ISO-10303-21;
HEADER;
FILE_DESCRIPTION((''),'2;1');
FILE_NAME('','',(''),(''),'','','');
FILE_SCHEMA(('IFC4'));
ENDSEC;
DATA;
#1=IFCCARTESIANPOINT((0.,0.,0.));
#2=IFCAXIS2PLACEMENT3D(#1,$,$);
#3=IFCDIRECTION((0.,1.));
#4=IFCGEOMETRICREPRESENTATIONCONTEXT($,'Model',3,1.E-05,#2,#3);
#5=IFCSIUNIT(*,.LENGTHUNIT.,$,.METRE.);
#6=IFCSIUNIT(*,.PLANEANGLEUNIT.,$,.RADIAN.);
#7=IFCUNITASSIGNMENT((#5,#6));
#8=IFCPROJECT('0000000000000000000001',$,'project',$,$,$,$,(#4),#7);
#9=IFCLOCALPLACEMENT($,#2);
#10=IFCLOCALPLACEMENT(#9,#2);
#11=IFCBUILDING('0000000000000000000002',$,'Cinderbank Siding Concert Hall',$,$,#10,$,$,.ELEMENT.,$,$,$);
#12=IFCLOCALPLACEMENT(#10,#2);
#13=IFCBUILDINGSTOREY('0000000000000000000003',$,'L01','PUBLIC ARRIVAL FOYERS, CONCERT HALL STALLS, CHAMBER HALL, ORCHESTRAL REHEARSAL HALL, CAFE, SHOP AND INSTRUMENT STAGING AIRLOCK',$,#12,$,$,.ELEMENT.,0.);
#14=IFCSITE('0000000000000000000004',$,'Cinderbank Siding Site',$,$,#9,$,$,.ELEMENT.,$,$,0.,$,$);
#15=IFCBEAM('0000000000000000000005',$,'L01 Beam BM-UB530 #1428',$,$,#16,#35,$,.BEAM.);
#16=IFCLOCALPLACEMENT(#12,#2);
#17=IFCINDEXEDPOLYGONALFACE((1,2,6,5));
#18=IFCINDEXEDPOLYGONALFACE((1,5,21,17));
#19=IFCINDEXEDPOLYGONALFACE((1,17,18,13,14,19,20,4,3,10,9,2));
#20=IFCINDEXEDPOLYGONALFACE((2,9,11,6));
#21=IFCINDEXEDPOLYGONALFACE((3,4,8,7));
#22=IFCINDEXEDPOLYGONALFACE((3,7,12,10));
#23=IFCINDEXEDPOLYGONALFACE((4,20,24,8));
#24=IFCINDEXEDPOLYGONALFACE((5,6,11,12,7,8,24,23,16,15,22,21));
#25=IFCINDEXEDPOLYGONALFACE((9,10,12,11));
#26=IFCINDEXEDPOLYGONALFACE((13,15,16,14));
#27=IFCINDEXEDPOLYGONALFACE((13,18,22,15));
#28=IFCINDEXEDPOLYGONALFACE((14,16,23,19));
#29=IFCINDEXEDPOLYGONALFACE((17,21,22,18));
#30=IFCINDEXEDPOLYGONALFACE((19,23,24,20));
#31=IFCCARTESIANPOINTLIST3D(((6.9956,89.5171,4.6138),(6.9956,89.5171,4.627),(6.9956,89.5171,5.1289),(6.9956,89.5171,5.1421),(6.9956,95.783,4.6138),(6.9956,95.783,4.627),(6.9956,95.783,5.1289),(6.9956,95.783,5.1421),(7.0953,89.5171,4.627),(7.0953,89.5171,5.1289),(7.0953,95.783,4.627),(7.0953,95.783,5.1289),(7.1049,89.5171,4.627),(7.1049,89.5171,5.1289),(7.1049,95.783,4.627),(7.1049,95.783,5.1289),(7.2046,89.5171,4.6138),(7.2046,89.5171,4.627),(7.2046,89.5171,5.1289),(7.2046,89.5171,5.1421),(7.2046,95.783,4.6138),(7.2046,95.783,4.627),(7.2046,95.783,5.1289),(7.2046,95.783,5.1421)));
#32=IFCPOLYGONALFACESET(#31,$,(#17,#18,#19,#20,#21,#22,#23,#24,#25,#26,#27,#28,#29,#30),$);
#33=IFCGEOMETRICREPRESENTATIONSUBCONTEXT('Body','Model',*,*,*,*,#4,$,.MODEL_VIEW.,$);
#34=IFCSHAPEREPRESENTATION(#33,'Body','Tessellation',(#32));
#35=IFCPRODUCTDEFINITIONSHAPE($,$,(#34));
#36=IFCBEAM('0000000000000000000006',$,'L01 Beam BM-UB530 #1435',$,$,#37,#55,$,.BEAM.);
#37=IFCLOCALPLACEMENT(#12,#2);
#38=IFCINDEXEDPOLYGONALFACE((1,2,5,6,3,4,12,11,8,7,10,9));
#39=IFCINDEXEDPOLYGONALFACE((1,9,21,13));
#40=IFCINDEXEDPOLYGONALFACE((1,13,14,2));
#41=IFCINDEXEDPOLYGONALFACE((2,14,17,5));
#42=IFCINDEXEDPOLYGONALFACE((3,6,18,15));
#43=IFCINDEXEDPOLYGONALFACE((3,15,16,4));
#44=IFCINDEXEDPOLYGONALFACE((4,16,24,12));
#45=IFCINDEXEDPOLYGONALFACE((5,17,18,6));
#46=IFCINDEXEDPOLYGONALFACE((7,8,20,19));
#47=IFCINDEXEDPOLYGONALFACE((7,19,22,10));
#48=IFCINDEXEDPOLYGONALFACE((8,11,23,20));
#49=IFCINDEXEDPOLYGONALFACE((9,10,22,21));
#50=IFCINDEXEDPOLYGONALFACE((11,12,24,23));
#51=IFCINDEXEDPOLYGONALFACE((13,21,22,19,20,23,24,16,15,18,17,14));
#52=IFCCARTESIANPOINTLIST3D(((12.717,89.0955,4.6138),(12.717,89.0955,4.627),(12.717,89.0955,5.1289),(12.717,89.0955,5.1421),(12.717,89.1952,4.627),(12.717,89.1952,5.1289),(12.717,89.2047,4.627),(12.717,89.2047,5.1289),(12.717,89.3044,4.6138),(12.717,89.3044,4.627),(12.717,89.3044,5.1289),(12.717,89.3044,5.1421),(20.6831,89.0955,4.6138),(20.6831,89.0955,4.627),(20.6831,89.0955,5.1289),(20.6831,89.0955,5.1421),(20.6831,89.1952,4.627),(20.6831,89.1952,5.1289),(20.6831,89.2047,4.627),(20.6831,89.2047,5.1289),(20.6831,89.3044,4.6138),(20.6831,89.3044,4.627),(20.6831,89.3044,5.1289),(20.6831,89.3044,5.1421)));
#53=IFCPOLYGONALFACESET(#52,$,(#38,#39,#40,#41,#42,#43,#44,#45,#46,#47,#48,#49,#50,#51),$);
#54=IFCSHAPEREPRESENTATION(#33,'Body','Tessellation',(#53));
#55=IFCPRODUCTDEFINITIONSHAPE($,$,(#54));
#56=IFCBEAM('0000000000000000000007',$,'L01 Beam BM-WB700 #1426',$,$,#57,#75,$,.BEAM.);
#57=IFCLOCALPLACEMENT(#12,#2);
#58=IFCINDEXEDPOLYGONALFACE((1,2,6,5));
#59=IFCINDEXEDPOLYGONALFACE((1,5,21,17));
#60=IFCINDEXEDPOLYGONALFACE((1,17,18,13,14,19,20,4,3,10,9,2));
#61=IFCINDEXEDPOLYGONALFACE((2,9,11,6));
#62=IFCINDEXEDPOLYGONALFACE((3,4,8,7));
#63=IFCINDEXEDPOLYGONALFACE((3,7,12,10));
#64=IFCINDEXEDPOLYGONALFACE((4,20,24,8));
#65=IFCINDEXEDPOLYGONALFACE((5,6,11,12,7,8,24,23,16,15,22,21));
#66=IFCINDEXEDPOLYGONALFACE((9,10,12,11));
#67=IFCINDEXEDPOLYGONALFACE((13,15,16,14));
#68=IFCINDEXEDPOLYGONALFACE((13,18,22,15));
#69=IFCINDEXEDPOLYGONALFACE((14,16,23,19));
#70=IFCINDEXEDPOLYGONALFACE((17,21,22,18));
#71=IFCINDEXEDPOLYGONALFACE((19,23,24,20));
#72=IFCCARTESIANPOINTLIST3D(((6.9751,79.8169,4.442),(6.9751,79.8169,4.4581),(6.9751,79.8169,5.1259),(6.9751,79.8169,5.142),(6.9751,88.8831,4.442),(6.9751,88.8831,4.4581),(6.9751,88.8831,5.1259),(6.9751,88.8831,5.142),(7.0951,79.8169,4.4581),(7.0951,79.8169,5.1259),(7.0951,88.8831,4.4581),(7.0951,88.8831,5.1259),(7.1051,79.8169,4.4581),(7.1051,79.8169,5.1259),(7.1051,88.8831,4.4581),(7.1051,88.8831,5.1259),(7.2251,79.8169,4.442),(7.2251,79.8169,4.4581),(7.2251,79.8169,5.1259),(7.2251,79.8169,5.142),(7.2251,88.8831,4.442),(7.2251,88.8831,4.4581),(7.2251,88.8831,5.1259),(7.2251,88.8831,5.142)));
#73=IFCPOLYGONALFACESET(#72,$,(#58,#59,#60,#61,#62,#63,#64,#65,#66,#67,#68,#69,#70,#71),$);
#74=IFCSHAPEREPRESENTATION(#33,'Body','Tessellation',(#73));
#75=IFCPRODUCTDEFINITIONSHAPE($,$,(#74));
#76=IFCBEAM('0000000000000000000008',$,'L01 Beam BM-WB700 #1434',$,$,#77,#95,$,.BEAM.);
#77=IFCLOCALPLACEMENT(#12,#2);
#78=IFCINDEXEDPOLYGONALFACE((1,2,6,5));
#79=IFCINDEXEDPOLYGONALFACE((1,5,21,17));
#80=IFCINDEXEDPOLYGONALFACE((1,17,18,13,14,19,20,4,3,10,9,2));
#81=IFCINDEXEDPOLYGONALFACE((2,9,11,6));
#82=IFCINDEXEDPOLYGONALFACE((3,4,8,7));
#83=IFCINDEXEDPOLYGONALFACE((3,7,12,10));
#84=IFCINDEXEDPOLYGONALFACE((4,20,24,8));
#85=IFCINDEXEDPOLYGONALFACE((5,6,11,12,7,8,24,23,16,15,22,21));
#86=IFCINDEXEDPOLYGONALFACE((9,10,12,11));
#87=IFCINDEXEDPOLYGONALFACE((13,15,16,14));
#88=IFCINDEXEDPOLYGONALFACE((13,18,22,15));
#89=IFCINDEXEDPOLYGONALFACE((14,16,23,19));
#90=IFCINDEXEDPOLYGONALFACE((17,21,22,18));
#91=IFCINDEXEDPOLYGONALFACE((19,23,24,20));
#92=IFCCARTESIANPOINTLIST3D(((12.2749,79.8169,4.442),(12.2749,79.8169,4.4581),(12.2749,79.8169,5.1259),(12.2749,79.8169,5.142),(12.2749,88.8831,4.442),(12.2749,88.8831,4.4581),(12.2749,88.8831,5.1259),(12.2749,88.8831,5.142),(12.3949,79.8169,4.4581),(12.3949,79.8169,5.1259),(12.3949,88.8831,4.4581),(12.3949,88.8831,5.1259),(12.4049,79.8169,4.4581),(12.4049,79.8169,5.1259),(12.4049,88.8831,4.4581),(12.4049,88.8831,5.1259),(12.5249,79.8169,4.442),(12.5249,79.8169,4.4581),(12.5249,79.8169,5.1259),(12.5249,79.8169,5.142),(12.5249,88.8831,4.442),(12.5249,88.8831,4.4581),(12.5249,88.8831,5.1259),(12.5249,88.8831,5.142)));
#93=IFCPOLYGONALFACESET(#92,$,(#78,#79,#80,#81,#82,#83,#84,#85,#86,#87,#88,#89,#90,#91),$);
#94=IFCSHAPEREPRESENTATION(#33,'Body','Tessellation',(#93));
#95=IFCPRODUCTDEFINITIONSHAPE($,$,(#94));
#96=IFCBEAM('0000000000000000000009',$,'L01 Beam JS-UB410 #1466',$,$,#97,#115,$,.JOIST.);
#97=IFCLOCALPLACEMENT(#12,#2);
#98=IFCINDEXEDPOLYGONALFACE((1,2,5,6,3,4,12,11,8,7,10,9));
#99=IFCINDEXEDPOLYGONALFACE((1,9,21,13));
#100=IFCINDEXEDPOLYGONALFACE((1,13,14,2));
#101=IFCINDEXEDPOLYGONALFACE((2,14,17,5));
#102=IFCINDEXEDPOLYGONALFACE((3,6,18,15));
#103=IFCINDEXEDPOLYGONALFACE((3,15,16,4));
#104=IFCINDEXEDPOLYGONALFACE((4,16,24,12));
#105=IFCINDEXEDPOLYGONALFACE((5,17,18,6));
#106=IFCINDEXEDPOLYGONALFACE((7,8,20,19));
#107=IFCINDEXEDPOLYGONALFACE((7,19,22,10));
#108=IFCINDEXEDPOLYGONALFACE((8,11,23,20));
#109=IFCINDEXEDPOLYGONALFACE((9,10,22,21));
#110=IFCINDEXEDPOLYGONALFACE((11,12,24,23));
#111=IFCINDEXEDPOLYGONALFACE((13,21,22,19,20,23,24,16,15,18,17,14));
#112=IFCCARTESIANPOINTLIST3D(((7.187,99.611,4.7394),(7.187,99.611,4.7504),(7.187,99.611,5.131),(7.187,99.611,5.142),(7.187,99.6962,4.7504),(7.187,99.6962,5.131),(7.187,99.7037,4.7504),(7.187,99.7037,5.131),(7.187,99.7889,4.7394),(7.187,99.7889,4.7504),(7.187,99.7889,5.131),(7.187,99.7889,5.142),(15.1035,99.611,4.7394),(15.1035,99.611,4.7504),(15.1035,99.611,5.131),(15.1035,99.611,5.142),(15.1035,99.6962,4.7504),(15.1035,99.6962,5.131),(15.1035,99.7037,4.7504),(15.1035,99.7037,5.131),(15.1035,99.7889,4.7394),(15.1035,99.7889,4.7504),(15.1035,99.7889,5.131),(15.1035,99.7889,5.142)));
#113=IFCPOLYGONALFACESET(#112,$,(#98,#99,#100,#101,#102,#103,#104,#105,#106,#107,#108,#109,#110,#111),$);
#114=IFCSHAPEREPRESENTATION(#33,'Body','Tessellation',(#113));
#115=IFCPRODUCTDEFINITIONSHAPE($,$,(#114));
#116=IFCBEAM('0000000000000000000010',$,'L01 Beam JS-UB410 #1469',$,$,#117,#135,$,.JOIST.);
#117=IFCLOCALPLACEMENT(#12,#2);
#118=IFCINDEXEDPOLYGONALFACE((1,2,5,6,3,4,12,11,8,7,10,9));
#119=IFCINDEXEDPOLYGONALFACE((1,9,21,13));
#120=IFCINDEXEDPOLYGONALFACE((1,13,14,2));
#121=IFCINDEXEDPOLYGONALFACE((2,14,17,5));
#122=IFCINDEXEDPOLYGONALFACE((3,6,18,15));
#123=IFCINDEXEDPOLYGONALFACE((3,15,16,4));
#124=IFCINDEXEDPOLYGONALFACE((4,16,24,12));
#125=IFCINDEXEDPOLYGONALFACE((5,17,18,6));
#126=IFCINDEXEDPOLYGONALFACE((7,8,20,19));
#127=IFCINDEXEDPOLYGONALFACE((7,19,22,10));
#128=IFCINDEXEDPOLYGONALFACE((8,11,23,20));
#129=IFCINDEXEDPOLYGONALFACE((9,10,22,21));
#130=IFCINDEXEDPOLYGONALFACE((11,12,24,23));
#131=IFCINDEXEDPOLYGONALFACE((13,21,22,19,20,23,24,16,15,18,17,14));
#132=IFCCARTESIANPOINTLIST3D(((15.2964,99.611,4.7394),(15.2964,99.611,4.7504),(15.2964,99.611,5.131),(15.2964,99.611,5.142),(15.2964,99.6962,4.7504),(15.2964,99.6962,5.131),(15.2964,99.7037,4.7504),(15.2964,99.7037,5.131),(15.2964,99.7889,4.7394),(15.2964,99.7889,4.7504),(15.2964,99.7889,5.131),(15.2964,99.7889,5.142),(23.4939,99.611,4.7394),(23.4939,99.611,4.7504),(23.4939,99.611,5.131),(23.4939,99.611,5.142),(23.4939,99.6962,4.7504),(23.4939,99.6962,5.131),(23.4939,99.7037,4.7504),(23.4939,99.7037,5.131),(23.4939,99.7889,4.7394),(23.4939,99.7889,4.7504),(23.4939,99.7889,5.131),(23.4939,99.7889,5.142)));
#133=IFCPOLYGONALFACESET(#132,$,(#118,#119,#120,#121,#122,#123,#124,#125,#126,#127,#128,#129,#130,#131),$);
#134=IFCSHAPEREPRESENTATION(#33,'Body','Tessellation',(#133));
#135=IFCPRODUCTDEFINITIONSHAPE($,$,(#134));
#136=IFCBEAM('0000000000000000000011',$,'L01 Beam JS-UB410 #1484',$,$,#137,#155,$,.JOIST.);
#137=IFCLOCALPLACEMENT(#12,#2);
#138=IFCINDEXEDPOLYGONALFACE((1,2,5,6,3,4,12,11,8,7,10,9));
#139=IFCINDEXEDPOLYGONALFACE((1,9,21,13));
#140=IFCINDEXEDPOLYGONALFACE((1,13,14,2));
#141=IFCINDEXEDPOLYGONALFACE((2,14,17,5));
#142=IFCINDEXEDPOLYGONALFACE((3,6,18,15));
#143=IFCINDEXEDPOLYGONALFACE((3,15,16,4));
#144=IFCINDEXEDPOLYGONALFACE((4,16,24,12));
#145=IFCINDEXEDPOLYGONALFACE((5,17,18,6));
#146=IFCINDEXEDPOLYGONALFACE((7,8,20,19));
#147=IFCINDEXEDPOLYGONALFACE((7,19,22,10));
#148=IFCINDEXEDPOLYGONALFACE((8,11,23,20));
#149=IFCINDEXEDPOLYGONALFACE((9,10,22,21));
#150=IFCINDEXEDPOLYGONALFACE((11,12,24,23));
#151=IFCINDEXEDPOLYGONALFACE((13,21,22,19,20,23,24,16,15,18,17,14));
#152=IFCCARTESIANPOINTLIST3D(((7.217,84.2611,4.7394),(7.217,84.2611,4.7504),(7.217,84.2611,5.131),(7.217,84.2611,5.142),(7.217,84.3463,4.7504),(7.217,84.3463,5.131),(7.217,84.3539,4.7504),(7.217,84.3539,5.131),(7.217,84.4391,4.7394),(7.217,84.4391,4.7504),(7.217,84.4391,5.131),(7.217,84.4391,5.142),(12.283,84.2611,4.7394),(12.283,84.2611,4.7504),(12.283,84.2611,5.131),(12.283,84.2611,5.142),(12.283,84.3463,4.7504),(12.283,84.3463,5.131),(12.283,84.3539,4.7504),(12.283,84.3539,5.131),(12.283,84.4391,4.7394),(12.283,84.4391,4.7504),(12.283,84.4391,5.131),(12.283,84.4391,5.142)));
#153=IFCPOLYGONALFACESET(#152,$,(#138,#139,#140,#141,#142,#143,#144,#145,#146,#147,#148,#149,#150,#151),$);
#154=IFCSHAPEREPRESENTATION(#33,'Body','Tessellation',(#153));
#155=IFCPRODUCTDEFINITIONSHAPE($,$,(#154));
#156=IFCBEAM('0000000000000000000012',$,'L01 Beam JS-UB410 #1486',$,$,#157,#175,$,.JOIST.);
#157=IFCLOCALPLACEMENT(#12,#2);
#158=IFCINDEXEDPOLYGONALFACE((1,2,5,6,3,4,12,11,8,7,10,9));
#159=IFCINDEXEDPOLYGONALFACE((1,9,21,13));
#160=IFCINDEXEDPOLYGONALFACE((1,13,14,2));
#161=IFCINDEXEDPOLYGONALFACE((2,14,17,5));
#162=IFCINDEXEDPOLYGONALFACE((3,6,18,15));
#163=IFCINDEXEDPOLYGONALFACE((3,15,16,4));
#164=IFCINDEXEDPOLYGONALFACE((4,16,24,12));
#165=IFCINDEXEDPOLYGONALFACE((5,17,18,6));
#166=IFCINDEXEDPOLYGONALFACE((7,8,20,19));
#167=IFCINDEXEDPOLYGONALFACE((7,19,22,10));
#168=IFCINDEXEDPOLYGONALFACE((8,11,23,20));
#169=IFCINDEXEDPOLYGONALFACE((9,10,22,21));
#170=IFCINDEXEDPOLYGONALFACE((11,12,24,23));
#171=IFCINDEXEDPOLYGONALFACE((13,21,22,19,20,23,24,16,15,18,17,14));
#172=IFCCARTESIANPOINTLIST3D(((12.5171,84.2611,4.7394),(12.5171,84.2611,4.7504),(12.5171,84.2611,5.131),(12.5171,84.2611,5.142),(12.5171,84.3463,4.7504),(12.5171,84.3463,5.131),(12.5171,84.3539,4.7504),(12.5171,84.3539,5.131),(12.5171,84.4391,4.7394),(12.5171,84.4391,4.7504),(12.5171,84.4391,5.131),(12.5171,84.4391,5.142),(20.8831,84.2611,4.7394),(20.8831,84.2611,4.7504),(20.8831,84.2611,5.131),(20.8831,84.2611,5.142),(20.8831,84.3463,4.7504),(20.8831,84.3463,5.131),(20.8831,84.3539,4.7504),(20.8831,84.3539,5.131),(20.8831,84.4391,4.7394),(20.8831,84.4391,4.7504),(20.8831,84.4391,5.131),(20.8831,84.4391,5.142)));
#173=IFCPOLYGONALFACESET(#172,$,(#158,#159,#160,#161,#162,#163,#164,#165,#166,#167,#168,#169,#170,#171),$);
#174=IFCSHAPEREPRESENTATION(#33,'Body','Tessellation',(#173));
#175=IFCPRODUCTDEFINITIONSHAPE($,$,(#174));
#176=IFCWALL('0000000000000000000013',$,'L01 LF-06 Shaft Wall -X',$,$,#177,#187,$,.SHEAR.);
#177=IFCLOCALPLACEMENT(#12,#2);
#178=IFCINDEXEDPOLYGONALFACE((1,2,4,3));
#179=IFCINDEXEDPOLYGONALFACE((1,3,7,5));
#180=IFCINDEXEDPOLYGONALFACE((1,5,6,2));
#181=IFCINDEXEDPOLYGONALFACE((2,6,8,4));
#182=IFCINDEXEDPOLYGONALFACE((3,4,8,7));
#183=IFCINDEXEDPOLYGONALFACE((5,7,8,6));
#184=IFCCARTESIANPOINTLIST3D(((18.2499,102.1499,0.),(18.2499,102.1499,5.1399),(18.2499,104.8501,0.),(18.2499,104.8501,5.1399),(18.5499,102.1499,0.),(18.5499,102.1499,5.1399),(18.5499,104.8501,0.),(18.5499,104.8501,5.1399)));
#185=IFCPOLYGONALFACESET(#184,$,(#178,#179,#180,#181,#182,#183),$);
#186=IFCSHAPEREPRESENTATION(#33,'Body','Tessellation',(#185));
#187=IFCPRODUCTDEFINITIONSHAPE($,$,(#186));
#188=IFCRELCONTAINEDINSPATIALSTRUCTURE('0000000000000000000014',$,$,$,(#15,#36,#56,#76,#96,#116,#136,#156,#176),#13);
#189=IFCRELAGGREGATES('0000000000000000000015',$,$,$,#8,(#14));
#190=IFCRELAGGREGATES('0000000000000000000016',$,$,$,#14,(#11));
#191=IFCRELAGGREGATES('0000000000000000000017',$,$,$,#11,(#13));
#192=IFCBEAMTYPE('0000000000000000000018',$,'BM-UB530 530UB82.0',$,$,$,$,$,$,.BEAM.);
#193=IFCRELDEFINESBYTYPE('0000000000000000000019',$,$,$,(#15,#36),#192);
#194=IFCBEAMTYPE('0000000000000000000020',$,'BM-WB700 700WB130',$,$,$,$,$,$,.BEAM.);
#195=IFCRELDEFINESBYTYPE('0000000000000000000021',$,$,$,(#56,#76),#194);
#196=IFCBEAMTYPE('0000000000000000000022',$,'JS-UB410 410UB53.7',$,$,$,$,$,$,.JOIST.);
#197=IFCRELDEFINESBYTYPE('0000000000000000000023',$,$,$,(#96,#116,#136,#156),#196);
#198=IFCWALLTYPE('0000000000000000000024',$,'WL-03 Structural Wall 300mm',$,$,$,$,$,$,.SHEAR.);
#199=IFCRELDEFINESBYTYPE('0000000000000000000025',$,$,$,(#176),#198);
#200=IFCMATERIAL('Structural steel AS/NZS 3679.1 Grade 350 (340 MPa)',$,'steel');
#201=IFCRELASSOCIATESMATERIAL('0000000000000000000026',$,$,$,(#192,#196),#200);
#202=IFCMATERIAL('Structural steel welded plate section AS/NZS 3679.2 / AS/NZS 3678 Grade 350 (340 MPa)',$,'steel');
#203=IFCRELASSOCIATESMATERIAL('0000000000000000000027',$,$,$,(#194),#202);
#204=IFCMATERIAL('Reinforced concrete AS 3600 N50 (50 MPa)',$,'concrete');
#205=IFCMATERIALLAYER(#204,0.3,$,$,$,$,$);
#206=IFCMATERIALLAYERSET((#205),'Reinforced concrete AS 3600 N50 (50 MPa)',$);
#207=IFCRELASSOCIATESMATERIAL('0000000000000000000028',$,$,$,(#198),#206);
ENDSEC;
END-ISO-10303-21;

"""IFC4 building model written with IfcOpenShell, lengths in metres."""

from ifc_helpers import new_model, si_unit, direction, frame, frame_2d, origin, origin_2d, place, context, subcontext, project, spatial, rectangle, i_section, extrude, material, layer, layer_set, material_profile, profile_set, type_object, element, save


model = new_model("IFC4")

# Units and contexts
model_context = context("Model", 3, precision=1e-05, world=origin(), true_north=direction((0.0, 1.0)))
body_context = subcontext(model_context, "Body", "Model", "MODEL_VIEW")
ifc_project = project(units=[si_unit("LENGTHUNIT", "METRE"), si_unit("PLANEANGLEUNIT", "RADIAN")], contexts=[model_context])

# Site, building, storey
site_placement = place(None, origin())
site = spatial("IfcSite", under=ifc_project, at=site_placement, Name="Cinderbank Siding Site", CompositionType="ELEMENT", RefElevation=0.0)
building_placement = place(site_placement, origin())
building = spatial("IfcBuilding", under=site, at=building_placement, Name="Cinderbank Siding Concert Hall", CompositionType="ELEMENT")
storey_placement = place(building_placement, origin())
storey = spatial("IfcBuildingStorey", under=building, at=storey_placement, Name="L01", Description="PUBLIC ARRIVAL FOYERS, CONCERT HALL STALLS, CHAMBER HALL, ORCHESTRAL REHEARSAL HALL, CAFE, SHOP AND INSTRUMENT STAGING AIRLOCK", CompositionType="ELEMENT", Elevation=0.0)

# Shared definitions
ifc_material_1 = material(Name="Reinforced concrete AS 3600 N50 (50 MPa)", Category="concrete")

# Beams
ifc_material_2 = material(Name="Structural steel AS/NZS 3679.1 Grade 350 (340 MPa)", Category="steel")
ifc_material_profile_1 = material_profile(ifc_material_2, i_section(OverallWidth=0.209, OverallDepth=0.5283, WebThickness=0.0095, FlangeThickness=0.0132, at=origin_2d()), Name="530UB82.0", Category="LoadBearing")
ifc_profile_set_1 = profile_set([ifc_material_profile_1], Name="Structural steel AS/NZS 3679.1 Grade 350 (340 MPa)")
beam_type_1 = type_object("IfcBeamType", Name="BM-UB530 530UB82.0", PredefinedType="BEAM", material=ifc_profile_set_1)
beam_1_placement = place(storey_placement, frame((7.1001, 89.5171, 4.8779), z_axis=(0.0, 1.0, 0.0), x_axis=(-1.0, 0.0, 0.0)))
element("IfcBeam", 1, at=beam_1_placement, inside=storey, type_object=beam_type_1, Name="L01 Beam BM-UB530 #1428", PredefinedType="BEAM", context=body_context, shape_type="SweptSolid", body=[
    extrude(i_section(OverallWidth=0.209, OverallDepth=0.5283, WebThickness=0.0095, FlangeThickness=0.0132, at=origin_2d()), origin(), (0.0, 0.0, 1.0), 6.2659),
])
beam_2_placement = place(storey_placement, frame((12.717, 89.2, 4.8779), z_axis=(1.0, 0.0, 0.0), x_axis=(0.0, 1.0, 0.0)))
element("IfcBeam", 2, at=beam_2_placement, inside=storey, type_object=beam_type_1, Name="L01 Beam BM-UB530 #1435", PredefinedType="BEAM", context=body_context, shape_type="SweptSolid", body=[
    extrude(i_section(OverallWidth=0.209, OverallDepth=0.5283, WebThickness=0.0095, FlangeThickness=0.0132, at=origin_2d()), origin(), (0.0, 0.0, 1.0), 7.9661),
])
ifc_material_3 = material(Name="Structural steel welded plate section AS/NZS 3679.2 / AS/NZS 3678 Grade 350 (340 MPa)", Category="steel")
ifc_material_profile_2 = material_profile(ifc_material_3, i_section(OverallWidth=0.25, OverallDepth=0.7, WebThickness=0.01, FlangeThickness=0.0161, at=origin_2d()), Name="700WB130", Category="LoadBearing")
ifc_profile_set_2 = profile_set([ifc_material_profile_2], Name="Structural steel welded plate section AS/NZS 3679.2 / AS/NZS 3678 Grade 350 (340 MPa)")
beam_type_2 = type_object("IfcBeamType", Name="BM-WB700 700WB130", PredefinedType="BEAM", material=ifc_profile_set_2)
for number, where, z_axis, x_axis, name in (
    (3, (7.1001, 79.8169, 4.792), (0.0, 1.0, 0.0), (-1.0, 0.0, 0.0), "L01 Beam BM-WB700 #1426"),
    (4, (12.3999, 79.8169, 4.792), (0.0, 1.0, 0.0), (-1.0, 0.0, 0.0), "L01 Beam BM-WB700 #1434"),
):
    element("IfcBeam", number, at=place(storey_placement, frame(where, z_axis=z_axis, x_axis=x_axis)), inside=storey, type_object=beam_type_2, Name=name, PredefinedType="BEAM", context=body_context, shape_type="SweptSolid", body=[
        extrude(i_section(OverallWidth=0.25, OverallDepth=0.7, WebThickness=0.01, FlangeThickness=0.0161, at=origin_2d()), origin(), (0.0, 0.0, 1.0), 9.0662),
    ])
ifc_material_profile_3 = material_profile(ifc_material_2, i_section(OverallWidth=0.178, OverallDepth=0.4026, WebThickness=0.0076, FlangeThickness=0.011, at=origin_2d()), Name="410UB53.7", Category="LoadBearing")
ifc_profile_set_3 = profile_set([ifc_material_profile_3], Name="Structural steel AS/NZS 3679.1 Grade 350 (340 MPa)")
beam_type_3 = type_object("IfcBeamType", Name="JS-UB410 410UB53.7", PredefinedType="JOIST", material=ifc_profile_set_3)
beam_3_placement = place(storey_placement, frame((7.187, 99.7, 4.9407), z_axis=(1.0, 0.0, 0.0), x_axis=(0.0, 1.0, 0.0)))
element("IfcBeam", 5, at=beam_3_placement, inside=storey, type_object=beam_type_3, Name="L01 Beam JS-UB410 #1466", PredefinedType="JOIST", context=body_context, shape_type="SweptSolid", body=[
    extrude(i_section(OverallWidth=0.178, OverallDepth=0.4026, WebThickness=0.0076, FlangeThickness=0.011, at=origin_2d()), origin(), (0.0, 0.0, 1.0), 7.9165),
])
beam_4_placement = place(storey_placement, frame((15.2964, 99.7, 4.9407), z_axis=(1.0, 0.0, 0.0), x_axis=(0.0, 1.0, 0.0)))
element("IfcBeam", 6, at=beam_4_placement, inside=storey, type_object=beam_type_3, Name="L01 Beam JS-UB410 #1469", PredefinedType="JOIST", context=body_context, shape_type="SweptSolid", body=[
    extrude(i_section(OverallWidth=0.178, OverallDepth=0.4026, WebThickness=0.0076, FlangeThickness=0.011, at=origin_2d()), origin(), (0.0, 0.0, 1.0), 8.1975),
])
beam_5_placement = place(storey_placement, frame((7.217, 84.3501, 4.9407), z_axis=(1.0, 0.0, 0.0), x_axis=(0.0, 1.0, 0.0)))
element("IfcBeam", 7, at=beam_5_placement, inside=storey, type_object=beam_type_3, Name="L01 Beam JS-UB410 #1484", PredefinedType="JOIST", context=body_context, shape_type="SweptSolid", body=[
    extrude(i_section(OverallWidth=0.178, OverallDepth=0.4026, WebThickness=0.0076, FlangeThickness=0.011, at=origin_2d()), origin(), (0.0, 0.0, 1.0), 5.0659),
])
beam_6_placement = place(storey_placement, frame((12.5171, 84.3501, 4.9407), z_axis=(1.0, 0.0, 0.0), x_axis=(0.0, 1.0, 0.0)))
element("IfcBeam", 8, at=beam_6_placement, inside=storey, type_object=beam_type_3, Name="L01 Beam JS-UB410 #1486", PredefinedType="JOIST", context=body_context, shape_type="SweptSolid", body=[
    extrude(i_section(OverallWidth=0.178, OverallDepth=0.4026, WebThickness=0.0076, FlangeThickness=0.011, at=origin_2d()), origin(), (0.0, 0.0, 1.0), 8.366),
])

# Wall
ifc_layer_1 = layer(ifc_material_1, 0.3)
ifc_layer_set_1 = layer_set([ifc_layer_1], Name="Reinforced concrete AS 3600 N50 (50 MPa)")
wall_type_1 = type_object("IfcWallType", Name="WL-03 Structural Wall 300mm", PredefinedType="SHEAR", material=ifc_layer_set_1)
wall_1_placement = place(storey_placement, frame((18.3999, 102.1499, 0.0), z_axis=(0.0, 0.0, 1.0), x_axis=(0.0, 1.0, 0.0)))
element("IfcWall", 9, at=wall_1_placement, inside=storey, type_object=wall_type_1, Name="L01 LF-06 Shaft Wall -X", PredefinedType="SHEAR", context=body_context, shape_type="SweptSolid", body=[
    extrude(rectangle(XDim=2.7002, YDim=0.3, at=frame_2d((1.3501, 0.0))), origin(), (0.0, 0.0, 1.0), 5.1399),
])

save(model, "model.ifc")
